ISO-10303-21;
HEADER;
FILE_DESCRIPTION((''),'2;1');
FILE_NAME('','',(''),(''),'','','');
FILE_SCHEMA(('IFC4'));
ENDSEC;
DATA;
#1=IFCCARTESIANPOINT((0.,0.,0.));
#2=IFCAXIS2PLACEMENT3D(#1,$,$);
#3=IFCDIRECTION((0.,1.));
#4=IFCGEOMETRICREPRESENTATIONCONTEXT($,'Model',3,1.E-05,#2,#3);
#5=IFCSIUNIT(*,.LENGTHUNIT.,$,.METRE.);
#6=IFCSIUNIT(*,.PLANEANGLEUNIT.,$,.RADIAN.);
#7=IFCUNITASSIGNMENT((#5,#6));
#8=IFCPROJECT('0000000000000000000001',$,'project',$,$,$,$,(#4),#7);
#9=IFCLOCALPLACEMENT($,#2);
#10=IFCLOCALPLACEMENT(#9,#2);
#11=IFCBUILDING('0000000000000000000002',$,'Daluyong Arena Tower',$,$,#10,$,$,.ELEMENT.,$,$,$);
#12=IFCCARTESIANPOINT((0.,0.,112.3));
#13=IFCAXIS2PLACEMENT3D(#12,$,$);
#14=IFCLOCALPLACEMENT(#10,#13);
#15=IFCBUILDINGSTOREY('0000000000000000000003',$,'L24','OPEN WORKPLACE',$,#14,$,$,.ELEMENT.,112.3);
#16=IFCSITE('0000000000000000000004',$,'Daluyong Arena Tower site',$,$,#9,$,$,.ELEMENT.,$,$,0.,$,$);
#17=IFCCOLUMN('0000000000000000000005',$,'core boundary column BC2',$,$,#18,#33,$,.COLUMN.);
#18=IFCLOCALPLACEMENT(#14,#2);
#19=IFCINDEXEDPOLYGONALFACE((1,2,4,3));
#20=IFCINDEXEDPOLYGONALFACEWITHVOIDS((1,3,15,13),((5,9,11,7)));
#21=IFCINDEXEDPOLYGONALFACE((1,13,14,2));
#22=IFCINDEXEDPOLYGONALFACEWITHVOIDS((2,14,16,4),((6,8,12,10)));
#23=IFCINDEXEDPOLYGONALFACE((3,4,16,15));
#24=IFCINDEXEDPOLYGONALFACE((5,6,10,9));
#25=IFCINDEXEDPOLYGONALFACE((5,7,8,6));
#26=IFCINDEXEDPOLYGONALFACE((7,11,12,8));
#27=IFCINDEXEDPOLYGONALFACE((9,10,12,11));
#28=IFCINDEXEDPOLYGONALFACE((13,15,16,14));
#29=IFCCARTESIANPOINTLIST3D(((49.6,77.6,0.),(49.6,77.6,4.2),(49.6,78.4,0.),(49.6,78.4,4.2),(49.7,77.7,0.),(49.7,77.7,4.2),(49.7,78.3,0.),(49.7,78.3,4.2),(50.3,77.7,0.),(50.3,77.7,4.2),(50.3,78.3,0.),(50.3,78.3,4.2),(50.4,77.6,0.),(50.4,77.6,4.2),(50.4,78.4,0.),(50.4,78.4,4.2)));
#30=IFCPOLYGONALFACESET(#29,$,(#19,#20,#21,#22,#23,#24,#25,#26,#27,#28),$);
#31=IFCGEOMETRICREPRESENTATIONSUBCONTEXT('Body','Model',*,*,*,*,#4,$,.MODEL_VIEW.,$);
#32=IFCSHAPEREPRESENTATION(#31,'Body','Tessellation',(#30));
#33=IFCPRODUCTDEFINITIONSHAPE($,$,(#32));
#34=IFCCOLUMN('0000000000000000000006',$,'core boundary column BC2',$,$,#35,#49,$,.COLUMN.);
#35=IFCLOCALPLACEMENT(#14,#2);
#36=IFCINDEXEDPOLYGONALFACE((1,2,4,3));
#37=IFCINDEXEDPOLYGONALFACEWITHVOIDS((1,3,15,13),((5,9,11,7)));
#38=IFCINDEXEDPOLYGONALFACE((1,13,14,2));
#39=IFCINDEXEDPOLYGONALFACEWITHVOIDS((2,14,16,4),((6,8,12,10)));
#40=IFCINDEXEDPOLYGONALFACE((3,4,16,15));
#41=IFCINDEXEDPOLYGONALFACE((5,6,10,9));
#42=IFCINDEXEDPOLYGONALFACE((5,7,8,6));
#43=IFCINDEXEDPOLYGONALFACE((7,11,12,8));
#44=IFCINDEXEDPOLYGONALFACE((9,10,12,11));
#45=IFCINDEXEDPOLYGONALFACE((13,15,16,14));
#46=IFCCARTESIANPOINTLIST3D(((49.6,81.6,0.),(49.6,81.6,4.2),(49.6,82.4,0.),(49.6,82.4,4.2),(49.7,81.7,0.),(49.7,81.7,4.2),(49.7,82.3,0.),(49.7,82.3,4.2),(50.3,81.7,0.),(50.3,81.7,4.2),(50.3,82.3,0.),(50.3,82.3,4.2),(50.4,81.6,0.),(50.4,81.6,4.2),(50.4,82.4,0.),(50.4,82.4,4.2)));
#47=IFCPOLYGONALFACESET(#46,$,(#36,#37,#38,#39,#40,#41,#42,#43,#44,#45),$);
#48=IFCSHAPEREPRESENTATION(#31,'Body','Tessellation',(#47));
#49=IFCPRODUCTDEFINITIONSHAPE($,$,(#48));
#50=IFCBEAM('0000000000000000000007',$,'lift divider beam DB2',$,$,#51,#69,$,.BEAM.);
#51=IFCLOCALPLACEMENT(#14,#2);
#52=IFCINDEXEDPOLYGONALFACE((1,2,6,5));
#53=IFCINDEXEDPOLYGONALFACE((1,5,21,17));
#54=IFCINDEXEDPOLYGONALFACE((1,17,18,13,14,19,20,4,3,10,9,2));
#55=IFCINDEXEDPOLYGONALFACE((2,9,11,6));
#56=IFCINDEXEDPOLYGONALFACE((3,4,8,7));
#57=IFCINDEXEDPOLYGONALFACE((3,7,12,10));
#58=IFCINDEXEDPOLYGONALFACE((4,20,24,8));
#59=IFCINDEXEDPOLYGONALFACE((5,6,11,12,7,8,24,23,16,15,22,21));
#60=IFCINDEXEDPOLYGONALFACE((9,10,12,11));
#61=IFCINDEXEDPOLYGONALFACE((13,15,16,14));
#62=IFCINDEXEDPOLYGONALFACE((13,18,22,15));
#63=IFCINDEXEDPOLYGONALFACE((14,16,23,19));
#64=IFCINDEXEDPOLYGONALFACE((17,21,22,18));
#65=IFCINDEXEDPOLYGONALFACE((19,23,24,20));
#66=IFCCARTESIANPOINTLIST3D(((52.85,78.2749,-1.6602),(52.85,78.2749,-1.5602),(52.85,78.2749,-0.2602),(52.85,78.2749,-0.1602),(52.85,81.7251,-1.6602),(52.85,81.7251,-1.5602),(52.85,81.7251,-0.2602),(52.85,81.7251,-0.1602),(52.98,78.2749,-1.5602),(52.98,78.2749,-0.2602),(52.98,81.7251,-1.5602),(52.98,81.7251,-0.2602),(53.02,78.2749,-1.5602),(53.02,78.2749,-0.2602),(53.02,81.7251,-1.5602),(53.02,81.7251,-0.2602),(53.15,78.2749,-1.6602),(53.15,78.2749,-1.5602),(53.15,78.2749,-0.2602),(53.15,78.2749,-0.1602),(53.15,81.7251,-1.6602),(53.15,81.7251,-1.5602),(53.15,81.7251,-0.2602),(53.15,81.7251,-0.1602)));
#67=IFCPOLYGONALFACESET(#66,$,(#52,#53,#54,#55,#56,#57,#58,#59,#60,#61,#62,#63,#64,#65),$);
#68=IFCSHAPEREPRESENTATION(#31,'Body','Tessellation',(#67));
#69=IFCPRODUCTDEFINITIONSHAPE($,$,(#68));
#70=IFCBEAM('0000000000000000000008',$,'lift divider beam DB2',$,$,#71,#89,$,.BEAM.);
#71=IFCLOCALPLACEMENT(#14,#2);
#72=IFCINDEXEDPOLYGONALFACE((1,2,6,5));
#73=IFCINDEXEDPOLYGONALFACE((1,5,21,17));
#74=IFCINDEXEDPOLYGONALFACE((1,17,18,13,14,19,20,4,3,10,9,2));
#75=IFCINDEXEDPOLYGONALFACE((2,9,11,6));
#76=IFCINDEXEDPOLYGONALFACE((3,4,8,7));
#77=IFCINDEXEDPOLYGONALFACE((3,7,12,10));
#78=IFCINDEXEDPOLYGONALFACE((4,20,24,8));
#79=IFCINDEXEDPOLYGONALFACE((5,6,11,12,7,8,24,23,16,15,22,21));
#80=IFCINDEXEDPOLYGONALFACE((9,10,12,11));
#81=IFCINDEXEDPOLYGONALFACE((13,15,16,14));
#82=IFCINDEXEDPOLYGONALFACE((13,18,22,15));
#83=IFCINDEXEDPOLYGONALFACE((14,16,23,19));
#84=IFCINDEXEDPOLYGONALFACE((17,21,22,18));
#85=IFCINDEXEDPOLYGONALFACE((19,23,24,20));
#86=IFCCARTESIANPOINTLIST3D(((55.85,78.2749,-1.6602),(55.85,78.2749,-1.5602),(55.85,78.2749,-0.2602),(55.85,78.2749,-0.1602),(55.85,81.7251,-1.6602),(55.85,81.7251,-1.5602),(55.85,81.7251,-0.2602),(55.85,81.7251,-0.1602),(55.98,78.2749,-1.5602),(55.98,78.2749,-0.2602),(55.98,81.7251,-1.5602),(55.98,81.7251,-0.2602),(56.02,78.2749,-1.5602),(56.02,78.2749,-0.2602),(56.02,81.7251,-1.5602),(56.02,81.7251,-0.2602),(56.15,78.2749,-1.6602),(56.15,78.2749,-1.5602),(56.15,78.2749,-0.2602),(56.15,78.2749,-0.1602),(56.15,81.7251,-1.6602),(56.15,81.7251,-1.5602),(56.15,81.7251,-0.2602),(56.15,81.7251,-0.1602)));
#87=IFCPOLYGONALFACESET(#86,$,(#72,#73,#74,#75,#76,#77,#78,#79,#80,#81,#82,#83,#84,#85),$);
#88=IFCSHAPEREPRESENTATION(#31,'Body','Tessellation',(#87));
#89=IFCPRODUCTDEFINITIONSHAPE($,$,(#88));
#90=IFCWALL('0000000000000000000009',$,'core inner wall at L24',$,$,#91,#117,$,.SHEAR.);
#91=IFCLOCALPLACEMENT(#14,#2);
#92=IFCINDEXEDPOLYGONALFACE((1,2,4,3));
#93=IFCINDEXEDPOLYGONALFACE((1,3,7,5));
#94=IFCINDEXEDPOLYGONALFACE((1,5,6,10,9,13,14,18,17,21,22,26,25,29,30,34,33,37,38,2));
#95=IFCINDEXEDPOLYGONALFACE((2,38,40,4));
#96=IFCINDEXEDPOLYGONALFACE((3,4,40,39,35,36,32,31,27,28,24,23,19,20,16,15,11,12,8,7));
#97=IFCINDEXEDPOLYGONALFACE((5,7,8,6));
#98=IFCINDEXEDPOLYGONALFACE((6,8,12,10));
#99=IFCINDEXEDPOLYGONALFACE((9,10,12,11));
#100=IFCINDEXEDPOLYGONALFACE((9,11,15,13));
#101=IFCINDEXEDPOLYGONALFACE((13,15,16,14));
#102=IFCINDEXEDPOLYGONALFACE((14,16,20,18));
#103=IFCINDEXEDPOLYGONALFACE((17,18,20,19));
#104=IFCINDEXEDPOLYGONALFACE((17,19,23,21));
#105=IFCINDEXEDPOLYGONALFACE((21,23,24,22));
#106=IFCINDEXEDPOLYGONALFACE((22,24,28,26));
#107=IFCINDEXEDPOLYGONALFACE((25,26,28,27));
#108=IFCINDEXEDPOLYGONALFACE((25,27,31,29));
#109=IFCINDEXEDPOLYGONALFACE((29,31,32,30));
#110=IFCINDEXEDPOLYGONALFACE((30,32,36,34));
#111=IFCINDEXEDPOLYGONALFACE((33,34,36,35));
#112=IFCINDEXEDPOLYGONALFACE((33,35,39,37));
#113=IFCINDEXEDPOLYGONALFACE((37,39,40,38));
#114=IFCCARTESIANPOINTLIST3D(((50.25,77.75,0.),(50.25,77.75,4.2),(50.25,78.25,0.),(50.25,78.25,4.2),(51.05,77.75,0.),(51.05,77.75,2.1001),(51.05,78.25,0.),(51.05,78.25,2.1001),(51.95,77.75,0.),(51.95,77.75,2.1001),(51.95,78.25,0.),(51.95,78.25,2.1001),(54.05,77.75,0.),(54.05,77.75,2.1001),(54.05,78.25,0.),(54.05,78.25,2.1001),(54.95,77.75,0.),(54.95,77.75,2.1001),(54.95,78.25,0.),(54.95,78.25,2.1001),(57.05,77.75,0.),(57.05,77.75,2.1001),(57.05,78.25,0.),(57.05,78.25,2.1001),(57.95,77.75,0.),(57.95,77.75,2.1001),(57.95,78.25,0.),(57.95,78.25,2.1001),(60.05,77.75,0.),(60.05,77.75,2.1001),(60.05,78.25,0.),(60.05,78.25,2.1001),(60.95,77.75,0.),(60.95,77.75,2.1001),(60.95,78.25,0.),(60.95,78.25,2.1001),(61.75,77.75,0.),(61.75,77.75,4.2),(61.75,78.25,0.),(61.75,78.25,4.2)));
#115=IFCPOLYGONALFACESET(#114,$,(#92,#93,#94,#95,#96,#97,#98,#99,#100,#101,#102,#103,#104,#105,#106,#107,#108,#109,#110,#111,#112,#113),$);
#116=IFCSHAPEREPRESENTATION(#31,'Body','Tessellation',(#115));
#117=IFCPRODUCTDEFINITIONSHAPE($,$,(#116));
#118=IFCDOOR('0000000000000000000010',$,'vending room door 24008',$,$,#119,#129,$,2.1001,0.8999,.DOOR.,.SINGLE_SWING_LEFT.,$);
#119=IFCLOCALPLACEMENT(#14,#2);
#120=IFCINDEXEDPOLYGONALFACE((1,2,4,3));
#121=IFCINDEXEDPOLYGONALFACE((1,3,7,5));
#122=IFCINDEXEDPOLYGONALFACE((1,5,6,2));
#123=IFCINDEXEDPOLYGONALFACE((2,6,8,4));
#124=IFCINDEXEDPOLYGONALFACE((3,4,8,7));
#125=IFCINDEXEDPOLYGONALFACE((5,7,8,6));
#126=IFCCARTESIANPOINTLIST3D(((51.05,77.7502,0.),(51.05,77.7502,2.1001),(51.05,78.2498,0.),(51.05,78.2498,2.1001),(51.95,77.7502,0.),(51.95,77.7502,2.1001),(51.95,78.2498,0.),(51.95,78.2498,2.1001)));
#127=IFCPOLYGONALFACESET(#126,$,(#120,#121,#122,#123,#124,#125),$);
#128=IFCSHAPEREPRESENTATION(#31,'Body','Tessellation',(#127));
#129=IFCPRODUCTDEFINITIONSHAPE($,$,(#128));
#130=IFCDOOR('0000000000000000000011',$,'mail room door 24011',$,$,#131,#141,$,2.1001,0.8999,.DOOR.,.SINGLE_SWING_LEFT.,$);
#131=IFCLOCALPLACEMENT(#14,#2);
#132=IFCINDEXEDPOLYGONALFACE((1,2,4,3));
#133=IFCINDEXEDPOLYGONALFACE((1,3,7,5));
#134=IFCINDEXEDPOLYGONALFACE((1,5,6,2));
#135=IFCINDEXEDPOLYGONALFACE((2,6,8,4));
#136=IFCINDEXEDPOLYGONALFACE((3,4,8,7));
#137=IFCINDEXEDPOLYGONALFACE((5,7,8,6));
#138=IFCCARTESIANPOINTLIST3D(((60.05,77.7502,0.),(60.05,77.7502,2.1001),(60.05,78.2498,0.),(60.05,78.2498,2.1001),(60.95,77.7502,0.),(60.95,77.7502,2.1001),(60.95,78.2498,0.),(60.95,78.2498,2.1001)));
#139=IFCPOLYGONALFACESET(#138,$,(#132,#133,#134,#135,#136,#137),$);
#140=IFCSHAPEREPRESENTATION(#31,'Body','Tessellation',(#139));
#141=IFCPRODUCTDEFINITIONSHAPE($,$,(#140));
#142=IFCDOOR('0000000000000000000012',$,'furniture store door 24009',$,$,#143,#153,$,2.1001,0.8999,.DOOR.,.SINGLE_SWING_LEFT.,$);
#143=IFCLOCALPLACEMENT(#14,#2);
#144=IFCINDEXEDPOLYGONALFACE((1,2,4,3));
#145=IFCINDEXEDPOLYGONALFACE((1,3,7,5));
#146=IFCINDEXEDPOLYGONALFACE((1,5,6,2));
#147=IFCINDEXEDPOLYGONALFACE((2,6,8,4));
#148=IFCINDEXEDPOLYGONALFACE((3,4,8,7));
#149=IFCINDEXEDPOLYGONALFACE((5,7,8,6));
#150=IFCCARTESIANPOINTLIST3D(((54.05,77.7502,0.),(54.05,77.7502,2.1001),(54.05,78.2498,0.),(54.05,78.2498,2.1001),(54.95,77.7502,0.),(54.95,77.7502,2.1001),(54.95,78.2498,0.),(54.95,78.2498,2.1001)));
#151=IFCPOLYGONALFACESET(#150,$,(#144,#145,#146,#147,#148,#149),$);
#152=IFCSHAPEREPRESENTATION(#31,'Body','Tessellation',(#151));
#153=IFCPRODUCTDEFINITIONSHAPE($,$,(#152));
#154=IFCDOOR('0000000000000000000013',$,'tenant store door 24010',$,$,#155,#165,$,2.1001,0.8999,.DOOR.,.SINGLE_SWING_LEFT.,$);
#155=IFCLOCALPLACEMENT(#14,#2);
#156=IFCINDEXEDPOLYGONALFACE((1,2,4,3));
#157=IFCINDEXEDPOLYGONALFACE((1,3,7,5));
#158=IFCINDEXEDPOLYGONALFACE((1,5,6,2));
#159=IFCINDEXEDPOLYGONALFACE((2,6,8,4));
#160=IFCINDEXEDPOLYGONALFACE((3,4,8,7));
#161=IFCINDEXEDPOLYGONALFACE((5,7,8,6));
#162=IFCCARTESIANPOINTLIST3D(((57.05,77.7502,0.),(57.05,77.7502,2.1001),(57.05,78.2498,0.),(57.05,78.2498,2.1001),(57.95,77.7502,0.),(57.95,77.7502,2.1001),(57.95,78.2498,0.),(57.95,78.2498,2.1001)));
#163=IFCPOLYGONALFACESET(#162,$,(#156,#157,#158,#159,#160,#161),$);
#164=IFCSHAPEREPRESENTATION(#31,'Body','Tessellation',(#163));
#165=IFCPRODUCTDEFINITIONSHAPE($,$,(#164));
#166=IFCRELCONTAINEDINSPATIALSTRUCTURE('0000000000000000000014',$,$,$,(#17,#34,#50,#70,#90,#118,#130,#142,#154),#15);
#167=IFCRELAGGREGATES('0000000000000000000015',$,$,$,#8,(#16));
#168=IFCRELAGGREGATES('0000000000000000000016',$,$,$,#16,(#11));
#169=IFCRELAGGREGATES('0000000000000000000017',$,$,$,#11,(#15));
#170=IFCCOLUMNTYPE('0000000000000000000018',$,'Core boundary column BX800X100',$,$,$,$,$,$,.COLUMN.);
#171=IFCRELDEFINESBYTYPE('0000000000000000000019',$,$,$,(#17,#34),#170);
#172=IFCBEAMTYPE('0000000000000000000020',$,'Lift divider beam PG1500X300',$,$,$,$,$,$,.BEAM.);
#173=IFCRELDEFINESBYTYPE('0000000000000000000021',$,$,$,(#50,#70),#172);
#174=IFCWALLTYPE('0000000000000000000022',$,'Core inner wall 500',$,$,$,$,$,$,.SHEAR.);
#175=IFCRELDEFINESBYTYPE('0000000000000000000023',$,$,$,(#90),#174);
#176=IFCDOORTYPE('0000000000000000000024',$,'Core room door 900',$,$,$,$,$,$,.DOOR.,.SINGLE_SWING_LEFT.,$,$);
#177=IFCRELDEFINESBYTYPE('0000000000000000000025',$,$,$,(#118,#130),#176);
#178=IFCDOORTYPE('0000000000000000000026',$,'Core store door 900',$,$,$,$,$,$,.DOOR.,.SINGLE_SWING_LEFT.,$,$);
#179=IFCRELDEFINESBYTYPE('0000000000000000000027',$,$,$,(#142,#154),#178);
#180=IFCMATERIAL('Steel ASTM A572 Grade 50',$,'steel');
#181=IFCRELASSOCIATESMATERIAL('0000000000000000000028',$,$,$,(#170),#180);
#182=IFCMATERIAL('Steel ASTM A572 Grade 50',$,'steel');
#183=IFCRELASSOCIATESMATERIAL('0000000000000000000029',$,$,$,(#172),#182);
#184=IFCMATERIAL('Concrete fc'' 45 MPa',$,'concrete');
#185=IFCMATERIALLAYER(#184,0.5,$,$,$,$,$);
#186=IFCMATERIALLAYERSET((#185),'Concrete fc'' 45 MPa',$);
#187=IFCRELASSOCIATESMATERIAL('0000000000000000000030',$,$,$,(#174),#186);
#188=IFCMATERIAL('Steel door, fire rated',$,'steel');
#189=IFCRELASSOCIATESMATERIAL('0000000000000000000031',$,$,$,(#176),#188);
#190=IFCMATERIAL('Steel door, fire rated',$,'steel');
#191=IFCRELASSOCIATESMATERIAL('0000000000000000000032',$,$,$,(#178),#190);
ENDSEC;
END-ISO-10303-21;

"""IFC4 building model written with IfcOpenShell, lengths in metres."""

from ifc_helpers import new_model, si_unit, direction, frame, frame_2d, origin, origin_2d, place, context, subcontext, project, spatial, rectangle, hollow_rectangle, i_section, extrude, material, layer, layer_set, material_profile, profile_set, type_object, element, fill, save


model = new_model("IFC4")

# Units and contexts
model_context = context("Model", 3, precision=1e-05, world=origin(), true_north=direction((0.0, 1.0)))
body_context = subcontext(model_context, "Body", "Model", "MODEL_VIEW")
ifc_project = project(units=[si_unit("LENGTHUNIT", "METRE"), si_unit("PLANEANGLEUNIT", "RADIAN")], contexts=[model_context])

# Site, building, storey
site_placement = place(None, origin())
site = spatial("IfcSite", under=ifc_project, at=site_placement, Name="Daluyong Arena Tower site", CompositionType="ELEMENT", RefElevation=0.0)
building_placement = place(site_placement, origin())
building = spatial("IfcBuilding", under=site, at=building_placement, Name="Daluyong Arena Tower", CompositionType="ELEMENT")
storey_placement = place(building_placement, frame((0.0, 0.0, 112.3)))
storey = spatial("IfcBuildingStorey", under=building, at=storey_placement, Name="L24", Description="OPEN WORKPLACE", CompositionType="ELEMENT", Elevation=112.3)

# Columns
ifc_material_1 = material(Name="Steel ASTM A572 Grade 50", Category="steel")
ifc_material_profile_1 = material_profile(ifc_material_1, hollow_rectangle(XDim=0.8, YDim=0.8, WallThickness=0.1, at=origin_2d()))
ifc_profile_set_1 = profile_set([ifc_material_profile_1], Name="Steel ASTM A572 Grade 50")
column_type = type_object("IfcColumnType", Name="Core boundary column BX800X100", PredefinedType="COLUMN", material=ifc_profile_set_1)
for number, where, z_axis, x_axis, name in (
    (1, (50.0, 78.0, 0.0), (0.0, 0.0, 1.0), (1.0, 0.0, 0.0), "core boundary column BC2"),
    (2, (50.0, 82.0, 0.0), (0.0, 0.0, 1.0), (1.0, 0.0, 0.0), "core boundary column BC2"),
):
    element("IfcColumn", number, at=place(storey_placement, frame(where, z_axis=z_axis, x_axis=x_axis)), inside=storey, type_object=column_type, Name=name, PredefinedType="COLUMN", context=body_context, shape_type="SweptSolid", body=[
        extrude(hollow_rectangle(XDim=0.8, YDim=0.8, WallThickness=0.1, at=origin_2d()), origin(), (0.0, 0.0, 1.0), 4.2),
    ])

# Beams
ifc_material_2 = material(Name="Steel ASTM A572 Grade 50", Category="steel")
ifc_material_profile_2 = material_profile(ifc_material_2, i_section(OverallWidth=0.3, OverallDepth=1.5, WebThickness=0.04, FlangeThickness=0.1, at=origin_2d()))
ifc_profile_set_2 = profile_set([ifc_material_profile_2], Name="Steel ASTM A572 Grade 50")
beam_type = type_object("IfcBeamType", Name="Lift divider beam PG1500X300", PredefinedType="BEAM", material=ifc_profile_set_2)
for number, where, z_axis, x_axis, name in (
    (3, (53.0, 78.2749, -0.9102), (0.0, 1.0, 0.0), (-1.0, 0.0, 0.0), "lift divider beam DB2"),
    (4, (56.0, 78.2749, -0.9102), (0.0, 1.0, 0.0), (-1.0, 0.0, 0.0), "lift divider beam DB2"),
):
    element("IfcBeam", number, at=place(storey_placement, frame(where, z_axis=z_axis, x_axis=x_axis)), inside=storey, type_object=beam_type, Name=name, PredefinedType="BEAM", context=body_context, shape_type="SweptSolid", body=[
        extrude(i_section(OverallWidth=0.3, OverallDepth=1.5, WebThickness=0.04, FlangeThickness=0.1, at=origin_2d()), origin(), (0.0, 0.0, 1.0), 3.4502),
    ])

# Wall, openings, doors
ifc_material_3 = material(Name="Concrete fc' 45 MPa", Category="concrete")
ifc_layer_1 = layer(ifc_material_3, 0.5)
ifc_layer_set_1 = layer_set([ifc_layer_1], Name="Concrete fc' 45 MPa")
wall_type_1 = type_object("IfcWallType", Name="Core inner wall 500", PredefinedType="SHEAR", material=ifc_layer_set_1)
wall_1_placement = place(storey_placement, frame((50.25, 78.0, 0.0), z_axis=(0.0, 0.0, 1.0), x_axis=(1.0, 0.0, 0.0)))
wall_1 = element("IfcWall", 5, at=wall_1_placement, inside=storey, type_object=wall_type_1, Name="core inner wall at L24", PredefinedType="SHEAR", context=body_context, shape_type="SweptSolid", body=[
    extrude(rectangle(XDim=11.5, YDim=0.5, at=frame_2d((5.75, 0.0))), origin(), (0.0, 0.0, 1.0), 4.2),
])
opening_1_placement = place(wall_1_placement, frame((0.8, 0.0, 0.0)))
opening_1 = element("IfcOpeningElement", 6, at=opening_1_placement, cuts=wall_1, PredefinedType="OPENING", context=body_context, shape_type="SweptSolid", body=[
    extrude(rectangle(XDim=0.8999, YDim=2.1001, at=frame_2d((0.45, 1.05))), frame((0.0, 0.26, 0.0), z_axis=(0.0, -1.0, 0.0), x_axis=(1.0, 0.0, 0.0)), (0.0, 0.0, 1.0), 0.52),
])
opening_2_placement = place(wall_1_placement, frame((3.8, 0.0, 0.0)))
opening_2 = element("IfcOpeningElement", 7, at=opening_2_placement, cuts=wall_1, PredefinedType="OPENING", context=body_context, shape_type="SweptSolid", body=[
    extrude(rectangle(XDim=0.8999, YDim=2.1001, at=frame_2d((0.45, 1.05))), frame((0.0, 0.26, 0.0), z_axis=(0.0, -1.0, 0.0), x_axis=(1.0, 0.0, 0.0)), (0.0, 0.0, 1.0), 0.52),
])
opening_3_placement = place(wall_1_placement, frame((6.8, 0.0, 0.0)))
opening_3 = element("IfcOpeningElement", 8, at=opening_3_placement, cuts=wall_1, PredefinedType="OPENING", context=body_context, shape_type="SweptSolid", body=[
    extrude(rectangle(XDim=0.8999, YDim=2.1001, at=frame_2d((0.45, 1.05))), frame((0.0, 0.26, 0.0), z_axis=(0.0, -1.0, 0.0), x_axis=(1.0, 0.0, 0.0)), (0.0, 0.0, 1.0), 0.52),
])
opening_4_placement = place(wall_1_placement, frame((9.8, 0.0, 0.0)))
opening_4 = element("IfcOpeningElement", 9, at=opening_4_placement, cuts=wall_1, PredefinedType="OPENING", context=body_context, shape_type="SweptSolid", body=[
    extrude(rectangle(XDim=0.8999, YDim=2.1001, at=frame_2d((0.45, 1.05))), frame((0.0, 0.26, 0.0), z_axis=(0.0, -1.0, 0.0), x_axis=(1.0, 0.0, 0.0)), (0.0, 0.0, 1.0), 0.52),
])
ifc_material_4 = material(Name="Steel door, fire rated", Category="steel")
door_type_1 = type_object("IfcDoorType", Name="Core room door 900", OperationType="SINGLE_SWING_LEFT", PredefinedType="DOOR", material=ifc_material_4)
door_1_placement = place(opening_1_placement, origin())
door_1 = element("IfcDoor", 10, at=door_1_placement, inside=storey, type_object=door_type_1, Name="vending room door 24008", OperationType="SINGLE_SWING_LEFT", OverallHeight=2.1001, OverallWidth=0.8999, PredefinedType="DOOR", context=body_context, shape_type="SweptSolid", body=[
    extrude(rectangle(XDim=0.8999, YDim=2.1001, at=frame_2d((0.45, 1.05))), frame((0.0, 0.2498, 0.0), z_axis=(0.0, -1.0, 0.0), x_axis=(1.0, 0.0, 0.0)), (0.0, 0.0, 1.0), 0.4995),
])
fill(opening_1, door_1)
door_2_placement = place(opening_4_placement, origin())
door_2 = element("IfcDoor", 11, at=door_2_placement, inside=storey, type_object=door_type_1, Name="mail room door 24011", OperationType="SINGLE_SWING_LEFT", OverallHeight=2.1001, OverallWidth=0.8999, PredefinedType="DOOR", context=body_context, shape_type="SweptSolid", body=[
    extrude(rectangle(XDim=0.8999, YDim=2.1001, at=frame_2d((0.45, 1.05))), frame((0.0, 0.2498, 0.0), z_axis=(0.0, -1.0, 0.0), x_axis=(1.0, 0.0, 0.0)), (0.0, 0.0, 1.0), 0.4995),
])
fill(opening_4, door_2)
ifc_material_5 = material(Name="Steel door, fire rated", Category="steel")
door_type_2 = type_object("IfcDoorType", Name="Core store door 900", OperationType="SINGLE_SWING_LEFT", PredefinedType="DOOR", material=ifc_material_5)
door_3_placement = place(opening_2_placement, origin())
door_3 = element("IfcDoor", 12, at=door_3_placement, inside=storey, type_object=door_type_2, Name="furniture store door 24009", OperationType="SINGLE_SWING_LEFT", OverallHeight=2.1001, OverallWidth=0.8999, PredefinedType="DOOR", context=body_context, shape_type="SweptSolid", body=[
    extrude(rectangle(XDim=0.8999, YDim=2.1001, at=frame_2d((0.45, 1.05))), frame((0.0, 0.2498, 0.0), z_axis=(0.0, -1.0, 0.0), x_axis=(1.0, 0.0, 0.0)), (0.0, 0.0, 1.0), 0.4995),
])
fill(opening_2, door_3)
door_4_placement = place(opening_3_placement, origin())
door_4 = element("IfcDoor", 13, at=door_4_placement, inside=storey, type_object=door_type_2, Name="tenant store door 24010", OperationType="SINGLE_SWING_LEFT", OverallHeight=2.1001, OverallWidth=0.8999, PredefinedType="DOOR", context=body_context, shape_type="SweptSolid", body=[
    extrude(rectangle(XDim=0.8999, YDim=2.1001, at=frame_2d((0.45, 1.05))), frame((0.0, 0.2498, 0.0), z_axis=(0.0, -1.0, 0.0), x_axis=(1.0, 0.0, 0.0)), (0.0, 0.0, 1.0), 0.4995),
])
fill(opening_3, door_4)

save(model, "model.ifc")
